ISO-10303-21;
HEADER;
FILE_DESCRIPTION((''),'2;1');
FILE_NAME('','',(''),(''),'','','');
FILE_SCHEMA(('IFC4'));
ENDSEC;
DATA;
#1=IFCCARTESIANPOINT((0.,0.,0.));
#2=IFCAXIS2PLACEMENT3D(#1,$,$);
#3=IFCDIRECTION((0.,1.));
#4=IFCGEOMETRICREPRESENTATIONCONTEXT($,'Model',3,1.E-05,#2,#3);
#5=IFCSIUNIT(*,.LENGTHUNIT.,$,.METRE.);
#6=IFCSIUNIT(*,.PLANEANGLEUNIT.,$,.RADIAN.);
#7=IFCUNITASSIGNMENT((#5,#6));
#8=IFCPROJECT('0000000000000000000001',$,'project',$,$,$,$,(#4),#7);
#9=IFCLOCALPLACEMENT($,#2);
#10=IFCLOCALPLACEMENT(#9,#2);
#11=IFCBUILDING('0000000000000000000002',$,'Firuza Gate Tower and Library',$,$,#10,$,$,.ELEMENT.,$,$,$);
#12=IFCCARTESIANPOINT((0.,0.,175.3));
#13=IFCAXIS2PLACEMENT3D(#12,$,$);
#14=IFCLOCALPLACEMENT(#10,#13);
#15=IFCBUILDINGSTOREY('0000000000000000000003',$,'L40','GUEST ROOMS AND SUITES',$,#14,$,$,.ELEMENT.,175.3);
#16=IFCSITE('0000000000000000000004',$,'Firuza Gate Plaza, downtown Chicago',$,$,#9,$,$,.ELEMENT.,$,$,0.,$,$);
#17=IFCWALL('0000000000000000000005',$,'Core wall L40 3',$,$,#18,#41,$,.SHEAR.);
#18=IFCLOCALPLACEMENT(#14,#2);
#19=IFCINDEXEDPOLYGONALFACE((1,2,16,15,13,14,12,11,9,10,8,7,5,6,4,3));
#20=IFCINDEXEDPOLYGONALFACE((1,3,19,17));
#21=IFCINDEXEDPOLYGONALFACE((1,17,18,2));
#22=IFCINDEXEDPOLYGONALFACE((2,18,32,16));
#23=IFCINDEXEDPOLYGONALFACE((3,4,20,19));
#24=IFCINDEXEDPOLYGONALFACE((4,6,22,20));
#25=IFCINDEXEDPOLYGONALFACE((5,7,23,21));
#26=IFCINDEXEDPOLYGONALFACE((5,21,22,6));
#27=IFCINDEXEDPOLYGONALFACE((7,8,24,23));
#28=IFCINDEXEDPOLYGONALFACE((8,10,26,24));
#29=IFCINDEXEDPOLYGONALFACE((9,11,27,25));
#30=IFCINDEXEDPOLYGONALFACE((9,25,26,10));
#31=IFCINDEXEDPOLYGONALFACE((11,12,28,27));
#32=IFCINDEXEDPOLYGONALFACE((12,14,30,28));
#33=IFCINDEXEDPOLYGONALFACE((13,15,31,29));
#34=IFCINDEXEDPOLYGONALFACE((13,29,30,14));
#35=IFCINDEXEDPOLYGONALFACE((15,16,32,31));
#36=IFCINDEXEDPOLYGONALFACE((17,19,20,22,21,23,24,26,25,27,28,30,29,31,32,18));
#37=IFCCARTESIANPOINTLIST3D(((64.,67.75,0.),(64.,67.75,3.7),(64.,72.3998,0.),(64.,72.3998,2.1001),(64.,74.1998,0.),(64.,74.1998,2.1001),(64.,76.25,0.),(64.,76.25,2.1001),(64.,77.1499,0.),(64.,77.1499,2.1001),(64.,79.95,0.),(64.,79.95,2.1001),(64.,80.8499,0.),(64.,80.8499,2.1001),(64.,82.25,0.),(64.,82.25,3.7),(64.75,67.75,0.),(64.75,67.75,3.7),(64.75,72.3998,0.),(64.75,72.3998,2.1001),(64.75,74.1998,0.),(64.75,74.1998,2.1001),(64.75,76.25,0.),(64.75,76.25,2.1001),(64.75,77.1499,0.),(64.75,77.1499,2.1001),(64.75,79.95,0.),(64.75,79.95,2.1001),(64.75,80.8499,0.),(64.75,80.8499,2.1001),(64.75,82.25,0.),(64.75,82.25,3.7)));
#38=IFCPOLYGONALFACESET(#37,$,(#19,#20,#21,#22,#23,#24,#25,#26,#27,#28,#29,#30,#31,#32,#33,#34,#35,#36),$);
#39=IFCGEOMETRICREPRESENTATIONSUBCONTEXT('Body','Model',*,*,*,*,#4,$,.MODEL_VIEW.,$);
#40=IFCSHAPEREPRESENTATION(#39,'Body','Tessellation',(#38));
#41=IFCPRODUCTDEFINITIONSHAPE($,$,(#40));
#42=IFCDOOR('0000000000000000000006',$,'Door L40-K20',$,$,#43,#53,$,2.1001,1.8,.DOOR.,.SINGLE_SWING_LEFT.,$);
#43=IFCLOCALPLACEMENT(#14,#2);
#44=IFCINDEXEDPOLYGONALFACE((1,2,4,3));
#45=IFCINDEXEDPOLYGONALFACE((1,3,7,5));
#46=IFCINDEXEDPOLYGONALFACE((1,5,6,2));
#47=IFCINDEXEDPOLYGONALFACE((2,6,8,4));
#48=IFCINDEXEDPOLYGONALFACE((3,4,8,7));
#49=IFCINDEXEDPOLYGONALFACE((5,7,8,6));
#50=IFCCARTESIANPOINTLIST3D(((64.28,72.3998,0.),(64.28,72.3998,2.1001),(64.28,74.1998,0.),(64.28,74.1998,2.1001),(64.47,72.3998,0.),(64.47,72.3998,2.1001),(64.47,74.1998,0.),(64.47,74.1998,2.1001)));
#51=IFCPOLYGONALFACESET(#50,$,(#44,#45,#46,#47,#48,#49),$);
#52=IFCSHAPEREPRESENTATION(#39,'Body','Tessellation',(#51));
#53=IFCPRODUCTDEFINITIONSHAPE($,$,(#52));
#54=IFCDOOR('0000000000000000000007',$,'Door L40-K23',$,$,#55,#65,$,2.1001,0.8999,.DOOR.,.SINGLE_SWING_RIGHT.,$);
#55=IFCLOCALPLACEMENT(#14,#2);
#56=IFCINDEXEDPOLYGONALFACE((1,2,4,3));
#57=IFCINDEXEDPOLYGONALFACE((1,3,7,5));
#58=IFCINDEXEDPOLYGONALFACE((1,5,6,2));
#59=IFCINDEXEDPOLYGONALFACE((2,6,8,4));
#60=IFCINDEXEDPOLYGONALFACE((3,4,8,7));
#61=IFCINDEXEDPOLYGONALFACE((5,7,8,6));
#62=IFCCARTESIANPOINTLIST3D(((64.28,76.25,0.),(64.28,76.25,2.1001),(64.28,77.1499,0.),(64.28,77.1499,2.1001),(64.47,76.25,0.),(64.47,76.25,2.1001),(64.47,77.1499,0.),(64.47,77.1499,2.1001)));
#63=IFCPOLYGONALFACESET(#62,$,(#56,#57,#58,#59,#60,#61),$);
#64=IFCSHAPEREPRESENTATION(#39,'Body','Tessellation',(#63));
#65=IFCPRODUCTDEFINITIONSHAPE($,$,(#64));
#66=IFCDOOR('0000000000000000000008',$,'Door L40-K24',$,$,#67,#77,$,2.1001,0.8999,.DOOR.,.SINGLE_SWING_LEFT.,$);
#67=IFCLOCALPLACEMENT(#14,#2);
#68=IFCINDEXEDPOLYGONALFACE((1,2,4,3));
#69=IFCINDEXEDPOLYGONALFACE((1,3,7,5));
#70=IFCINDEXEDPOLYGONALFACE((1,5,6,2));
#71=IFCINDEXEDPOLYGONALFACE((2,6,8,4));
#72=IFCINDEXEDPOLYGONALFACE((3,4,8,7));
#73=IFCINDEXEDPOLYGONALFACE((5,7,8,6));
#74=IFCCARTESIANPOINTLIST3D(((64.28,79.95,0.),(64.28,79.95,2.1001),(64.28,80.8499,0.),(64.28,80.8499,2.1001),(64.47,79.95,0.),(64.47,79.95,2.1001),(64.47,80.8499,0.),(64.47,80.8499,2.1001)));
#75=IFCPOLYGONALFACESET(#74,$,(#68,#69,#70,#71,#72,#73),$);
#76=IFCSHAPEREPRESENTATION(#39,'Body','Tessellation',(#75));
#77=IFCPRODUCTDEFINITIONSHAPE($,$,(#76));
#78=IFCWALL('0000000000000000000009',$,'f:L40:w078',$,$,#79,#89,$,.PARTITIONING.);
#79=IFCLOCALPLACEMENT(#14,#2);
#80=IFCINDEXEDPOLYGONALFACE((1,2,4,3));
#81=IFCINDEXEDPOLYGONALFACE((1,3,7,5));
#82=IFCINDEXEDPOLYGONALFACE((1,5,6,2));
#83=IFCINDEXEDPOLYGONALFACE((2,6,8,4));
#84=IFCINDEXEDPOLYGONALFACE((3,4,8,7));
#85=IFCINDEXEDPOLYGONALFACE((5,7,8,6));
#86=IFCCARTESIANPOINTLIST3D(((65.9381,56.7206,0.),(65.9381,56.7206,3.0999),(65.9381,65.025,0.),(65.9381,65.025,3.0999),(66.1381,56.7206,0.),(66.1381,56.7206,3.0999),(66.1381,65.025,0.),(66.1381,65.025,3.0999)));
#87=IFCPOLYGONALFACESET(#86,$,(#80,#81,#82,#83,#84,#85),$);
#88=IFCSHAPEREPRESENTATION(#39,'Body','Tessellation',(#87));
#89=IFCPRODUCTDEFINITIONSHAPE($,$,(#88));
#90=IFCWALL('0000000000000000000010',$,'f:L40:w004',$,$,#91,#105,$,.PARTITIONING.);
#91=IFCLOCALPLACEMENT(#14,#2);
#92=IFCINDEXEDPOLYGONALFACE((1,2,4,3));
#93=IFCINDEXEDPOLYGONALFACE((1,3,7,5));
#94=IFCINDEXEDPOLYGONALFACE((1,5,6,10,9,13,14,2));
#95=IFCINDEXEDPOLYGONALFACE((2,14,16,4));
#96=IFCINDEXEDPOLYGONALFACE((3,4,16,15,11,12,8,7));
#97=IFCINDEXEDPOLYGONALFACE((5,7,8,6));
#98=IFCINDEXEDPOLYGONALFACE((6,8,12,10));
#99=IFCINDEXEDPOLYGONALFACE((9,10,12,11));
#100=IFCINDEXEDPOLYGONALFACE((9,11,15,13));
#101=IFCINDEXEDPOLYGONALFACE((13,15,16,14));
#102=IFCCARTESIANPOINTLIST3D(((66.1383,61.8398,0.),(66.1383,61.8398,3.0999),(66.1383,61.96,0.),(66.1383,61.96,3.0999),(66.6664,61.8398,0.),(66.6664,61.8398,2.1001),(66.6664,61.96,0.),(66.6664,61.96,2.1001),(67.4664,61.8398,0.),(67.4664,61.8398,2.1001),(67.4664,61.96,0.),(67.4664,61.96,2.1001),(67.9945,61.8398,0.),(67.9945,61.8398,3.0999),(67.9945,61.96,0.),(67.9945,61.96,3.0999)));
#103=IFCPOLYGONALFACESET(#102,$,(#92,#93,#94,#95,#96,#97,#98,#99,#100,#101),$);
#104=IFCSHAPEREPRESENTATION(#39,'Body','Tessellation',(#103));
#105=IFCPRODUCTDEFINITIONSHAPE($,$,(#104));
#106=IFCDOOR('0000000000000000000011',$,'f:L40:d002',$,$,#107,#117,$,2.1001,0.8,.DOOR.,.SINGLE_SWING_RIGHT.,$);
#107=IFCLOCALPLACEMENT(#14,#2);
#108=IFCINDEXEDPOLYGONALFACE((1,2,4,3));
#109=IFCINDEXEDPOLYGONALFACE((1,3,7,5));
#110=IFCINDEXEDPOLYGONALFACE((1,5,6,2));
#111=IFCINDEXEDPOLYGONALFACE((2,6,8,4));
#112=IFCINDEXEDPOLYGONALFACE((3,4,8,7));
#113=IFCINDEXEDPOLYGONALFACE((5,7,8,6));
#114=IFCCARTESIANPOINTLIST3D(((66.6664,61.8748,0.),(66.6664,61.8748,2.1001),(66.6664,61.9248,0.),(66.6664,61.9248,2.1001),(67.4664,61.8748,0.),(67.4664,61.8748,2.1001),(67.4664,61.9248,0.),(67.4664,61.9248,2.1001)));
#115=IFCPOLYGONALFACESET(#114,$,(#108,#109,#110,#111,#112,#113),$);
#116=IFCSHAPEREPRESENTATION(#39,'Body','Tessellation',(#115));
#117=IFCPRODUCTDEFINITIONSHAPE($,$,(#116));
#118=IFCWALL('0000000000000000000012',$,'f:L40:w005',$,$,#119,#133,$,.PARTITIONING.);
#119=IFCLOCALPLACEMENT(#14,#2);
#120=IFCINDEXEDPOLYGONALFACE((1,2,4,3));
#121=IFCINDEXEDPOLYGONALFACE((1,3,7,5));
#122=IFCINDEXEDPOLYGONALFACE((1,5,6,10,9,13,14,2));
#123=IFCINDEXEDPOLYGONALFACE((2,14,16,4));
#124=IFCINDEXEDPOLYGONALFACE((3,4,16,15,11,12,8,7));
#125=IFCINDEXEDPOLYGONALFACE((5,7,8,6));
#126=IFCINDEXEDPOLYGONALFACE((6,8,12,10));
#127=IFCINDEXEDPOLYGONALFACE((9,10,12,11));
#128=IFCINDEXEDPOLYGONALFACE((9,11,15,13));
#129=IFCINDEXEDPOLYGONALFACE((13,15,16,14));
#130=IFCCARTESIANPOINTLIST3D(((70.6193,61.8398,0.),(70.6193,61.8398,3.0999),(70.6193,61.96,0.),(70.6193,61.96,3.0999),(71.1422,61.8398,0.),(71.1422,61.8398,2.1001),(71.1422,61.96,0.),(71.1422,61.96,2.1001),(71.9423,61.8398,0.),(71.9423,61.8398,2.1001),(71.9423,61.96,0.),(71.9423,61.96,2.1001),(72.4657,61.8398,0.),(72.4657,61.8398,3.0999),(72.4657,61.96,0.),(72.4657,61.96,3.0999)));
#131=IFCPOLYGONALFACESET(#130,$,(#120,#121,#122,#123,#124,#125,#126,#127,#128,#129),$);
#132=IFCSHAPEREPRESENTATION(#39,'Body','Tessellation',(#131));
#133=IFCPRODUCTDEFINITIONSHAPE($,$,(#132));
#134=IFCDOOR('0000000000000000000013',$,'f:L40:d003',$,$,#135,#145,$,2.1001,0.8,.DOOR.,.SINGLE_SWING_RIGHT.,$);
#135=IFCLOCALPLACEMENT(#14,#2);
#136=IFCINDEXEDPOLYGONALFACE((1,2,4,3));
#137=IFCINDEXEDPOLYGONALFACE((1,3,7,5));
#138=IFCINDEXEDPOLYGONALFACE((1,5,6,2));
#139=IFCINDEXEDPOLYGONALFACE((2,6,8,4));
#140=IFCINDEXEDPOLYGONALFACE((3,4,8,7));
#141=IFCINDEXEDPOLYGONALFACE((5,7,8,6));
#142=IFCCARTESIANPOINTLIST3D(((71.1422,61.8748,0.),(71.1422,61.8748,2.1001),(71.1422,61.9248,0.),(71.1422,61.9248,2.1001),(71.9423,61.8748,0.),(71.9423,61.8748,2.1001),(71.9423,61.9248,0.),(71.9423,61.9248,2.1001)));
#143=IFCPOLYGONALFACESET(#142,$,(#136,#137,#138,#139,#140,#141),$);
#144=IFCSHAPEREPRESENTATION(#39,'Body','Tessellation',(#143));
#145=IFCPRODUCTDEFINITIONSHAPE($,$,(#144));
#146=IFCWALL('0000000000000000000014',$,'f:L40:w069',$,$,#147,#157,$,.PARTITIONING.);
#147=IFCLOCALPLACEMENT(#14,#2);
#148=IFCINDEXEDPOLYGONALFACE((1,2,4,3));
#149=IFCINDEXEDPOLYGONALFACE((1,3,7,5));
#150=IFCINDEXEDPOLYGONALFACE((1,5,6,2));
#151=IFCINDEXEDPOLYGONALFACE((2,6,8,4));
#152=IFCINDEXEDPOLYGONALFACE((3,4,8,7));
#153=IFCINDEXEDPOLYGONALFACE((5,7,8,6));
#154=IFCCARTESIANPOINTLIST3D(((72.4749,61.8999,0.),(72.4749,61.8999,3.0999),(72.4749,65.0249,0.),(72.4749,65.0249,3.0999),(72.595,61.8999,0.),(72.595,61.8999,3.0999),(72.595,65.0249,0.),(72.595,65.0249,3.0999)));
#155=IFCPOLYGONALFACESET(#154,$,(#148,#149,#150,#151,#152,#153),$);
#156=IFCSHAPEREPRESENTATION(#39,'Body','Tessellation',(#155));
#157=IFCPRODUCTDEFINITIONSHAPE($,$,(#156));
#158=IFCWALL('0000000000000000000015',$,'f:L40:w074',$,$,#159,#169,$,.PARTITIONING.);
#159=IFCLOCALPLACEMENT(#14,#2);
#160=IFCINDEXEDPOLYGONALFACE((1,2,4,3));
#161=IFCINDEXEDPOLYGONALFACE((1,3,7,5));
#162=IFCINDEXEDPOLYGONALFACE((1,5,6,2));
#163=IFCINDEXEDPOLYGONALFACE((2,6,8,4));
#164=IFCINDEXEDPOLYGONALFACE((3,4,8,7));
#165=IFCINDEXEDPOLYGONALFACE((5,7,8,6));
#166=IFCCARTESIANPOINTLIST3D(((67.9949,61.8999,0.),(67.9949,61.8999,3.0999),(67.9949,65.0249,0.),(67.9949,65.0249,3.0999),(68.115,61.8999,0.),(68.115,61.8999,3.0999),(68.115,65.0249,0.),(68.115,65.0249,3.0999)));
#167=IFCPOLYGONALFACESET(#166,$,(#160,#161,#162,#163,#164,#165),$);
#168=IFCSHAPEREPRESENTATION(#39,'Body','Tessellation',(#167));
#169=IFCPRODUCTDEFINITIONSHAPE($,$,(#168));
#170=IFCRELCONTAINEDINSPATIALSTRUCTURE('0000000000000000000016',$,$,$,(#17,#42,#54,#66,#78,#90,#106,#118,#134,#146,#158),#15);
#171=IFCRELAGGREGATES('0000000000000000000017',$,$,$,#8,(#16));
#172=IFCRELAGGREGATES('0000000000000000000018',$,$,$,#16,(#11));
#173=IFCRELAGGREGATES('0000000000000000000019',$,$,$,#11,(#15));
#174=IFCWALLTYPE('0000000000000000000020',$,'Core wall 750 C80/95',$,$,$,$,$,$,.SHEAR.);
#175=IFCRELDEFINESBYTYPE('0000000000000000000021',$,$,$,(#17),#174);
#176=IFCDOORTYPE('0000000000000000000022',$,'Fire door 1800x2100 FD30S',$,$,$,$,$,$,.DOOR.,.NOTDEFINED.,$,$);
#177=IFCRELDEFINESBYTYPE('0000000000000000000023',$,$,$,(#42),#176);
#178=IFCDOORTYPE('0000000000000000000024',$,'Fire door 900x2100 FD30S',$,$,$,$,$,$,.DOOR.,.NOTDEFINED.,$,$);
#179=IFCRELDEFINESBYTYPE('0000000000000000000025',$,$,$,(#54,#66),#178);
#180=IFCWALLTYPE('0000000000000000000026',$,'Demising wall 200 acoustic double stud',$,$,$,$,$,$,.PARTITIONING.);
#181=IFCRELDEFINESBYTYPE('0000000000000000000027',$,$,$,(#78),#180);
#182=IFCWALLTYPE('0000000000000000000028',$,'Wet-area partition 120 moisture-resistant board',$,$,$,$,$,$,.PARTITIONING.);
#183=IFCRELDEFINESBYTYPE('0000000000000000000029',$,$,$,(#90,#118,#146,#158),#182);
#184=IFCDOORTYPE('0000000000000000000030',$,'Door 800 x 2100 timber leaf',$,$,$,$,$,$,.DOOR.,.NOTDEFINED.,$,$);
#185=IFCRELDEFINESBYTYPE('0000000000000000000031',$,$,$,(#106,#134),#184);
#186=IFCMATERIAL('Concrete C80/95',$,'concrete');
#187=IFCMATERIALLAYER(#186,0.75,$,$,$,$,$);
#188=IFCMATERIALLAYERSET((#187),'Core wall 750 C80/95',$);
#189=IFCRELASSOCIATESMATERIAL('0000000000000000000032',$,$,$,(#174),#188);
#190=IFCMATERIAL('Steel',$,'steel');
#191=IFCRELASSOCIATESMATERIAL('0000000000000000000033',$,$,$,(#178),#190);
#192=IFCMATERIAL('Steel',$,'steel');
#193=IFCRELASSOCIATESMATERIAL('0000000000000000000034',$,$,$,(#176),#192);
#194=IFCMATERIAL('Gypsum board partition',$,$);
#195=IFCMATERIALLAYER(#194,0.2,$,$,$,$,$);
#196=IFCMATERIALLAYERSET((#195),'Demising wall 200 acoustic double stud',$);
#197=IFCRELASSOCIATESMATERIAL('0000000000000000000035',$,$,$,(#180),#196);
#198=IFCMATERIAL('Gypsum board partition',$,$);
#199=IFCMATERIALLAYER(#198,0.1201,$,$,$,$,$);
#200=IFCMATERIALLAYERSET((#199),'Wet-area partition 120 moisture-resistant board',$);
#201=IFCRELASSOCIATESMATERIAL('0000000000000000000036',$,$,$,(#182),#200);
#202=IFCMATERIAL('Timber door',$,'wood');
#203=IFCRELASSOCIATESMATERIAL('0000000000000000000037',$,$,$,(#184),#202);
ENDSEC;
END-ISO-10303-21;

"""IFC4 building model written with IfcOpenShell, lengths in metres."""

from ifc_helpers import new_model, si_unit, direction, frame, frame_2d, origin, place, context, subcontext, project, spatial, rectangle, extrude, material, layer, layer_set, type_object, element, fill, save


model = new_model("IFC4")

# Units and contexts
model_context = context("Model", 3, precision=1e-05, world=origin(), true_north=direction((0.0, 1.0)))
body_context = subcontext(model_context, "Body", "Model", "MODEL_VIEW")
ifc_project = project(units=[si_unit("LENGTHUNIT", "METRE"), si_unit("PLANEANGLEUNIT", "RADIAN")], contexts=[model_context])

# Site, building, storey
site_placement = place(None, origin())
site = spatial("IfcSite", under=ifc_project, at=site_placement, Name="Firuza Gate Plaza, downtown Chicago", CompositionType="ELEMENT", RefElevation=0.0)
building_placement = place(site_placement, origin())
building = spatial("IfcBuilding", under=site, at=building_placement, Name="Firuza Gate Tower and Library", CompositionType="ELEMENT")
storey_placement = place(building_placement, frame((0.0, 0.0, 175.3)))
storey = spatial("IfcBuildingStorey", under=building, at=storey_placement, Name="L40", Description="GUEST ROOMS AND SUITES", CompositionType="ELEMENT", Elevation=175.3)

# Shared definitions
ifc_material_1 = material(Name="Concrete C80/95", Category="concrete")
ifc_layer_1 = layer(ifc_material_1, 0.75)
ifc_layer_set_1 = layer_set([ifc_layer_1], Name="Core wall 750 C80/95")
wall_type_1 = type_object("IfcWallType", Name="Core wall 750 C80/95", PredefinedType="SHEAR", material=ifc_layer_set_1)
ifc_material_2 = material(Name="Steel", Category="steel")
door_type_1 = type_object("IfcDoorType", Name="Fire door 900x2100 FD30S", OperationType="NOTDEFINED", PredefinedType="DOOR", material=ifc_material_2)

# Wall, openings, doors
wall_1_placement = place(storey_placement, frame((64.375, 67.75, 0.0), z_axis=(0.0, 0.0, 1.0), x_axis=(0.0, 1.0, 0.0)))
wall_1 = element("IfcWall", 1, at=wall_1_placement, inside=storey, type_object=wall_type_1, Name="Core wall L40 3", PredefinedType="SHEAR", context=body_context, shape_type="SweptSolid", body=[
    extrude(rectangle(XDim=14.5, YDim=0.75, at=frame_2d((7.25, 0.0))), origin(), (0.0, 0.0, 1.0), 3.7),
])
opening_1_placement = place(wall_1_placement, frame((4.6499, 0.0, 0.0)))
opening_1 = element("IfcOpeningElement", 2, at=opening_1_placement, cuts=wall_1, PredefinedType="OPENING", context=body_context, shape_type="SweptSolid", body=[
    extrude(rectangle(XDim=1.8, YDim=2.1001, at=frame_2d((0.8999, 1.05))), frame((0.0, 0.385, 0.0), z_axis=(0.0, -1.0, 0.0), x_axis=(1.0, 0.0, 0.0)), (0.0, 0.0, 1.0), 0.77),
])
opening_2_placement = place(wall_1_placement, frame((8.5, 0.0, 0.0)))
opening_2 = element("IfcOpeningElement", 3, at=opening_2_placement, cuts=wall_1, PredefinedType="OPENING", context=body_context, shape_type="SweptSolid", body=[
    extrude(rectangle(XDim=0.8999, YDim=2.1001, at=frame_2d((0.45, 1.05))), frame((0.0, 0.385, 0.0), z_axis=(0.0, -1.0, 0.0), x_axis=(1.0, 0.0, 0.0)), (0.0, 0.0, 1.0), 0.77),
])
opening_3_placement = place(wall_1_placement, frame((12.2, 0.0, 0.0)))
opening_3 = element("IfcOpeningElement", 4, at=opening_3_placement, cuts=wall_1, PredefinedType="OPENING", context=body_context, shape_type="SweptSolid", body=[
    extrude(rectangle(XDim=0.8999, YDim=2.1001, at=frame_2d((0.45, 1.05))), frame((0.0, 0.385, 0.0), z_axis=(0.0, -1.0, 0.0), x_axis=(1.0, 0.0, 0.0)), (0.0, 0.0, 1.0), 0.77),
])
ifc_material_3 = material(Name="Steel", Category="steel")
door_type_2 = type_object("IfcDoorType", Name="Fire door 1800x2100 FD30S", OperationType="NOTDEFINED", PredefinedType="DOOR", material=ifc_material_3)
door_1_placement = place(opening_1_placement, origin())
door_1 = element("IfcDoor", 5, at=door_1_placement, inside=storey, type_object=door_type_2, Name="Door L40-K20", OperationType="SINGLE_SWING_LEFT", OverallHeight=2.1001, OverallWidth=1.8, PredefinedType="DOOR", context=body_context, shape_type="SweptSolid", body=[
    extrude(rectangle(XDim=1.8, YDim=2.1001, at=frame_2d((0.8999, 1.05))), frame((0.0, 0.095, 0.0), z_axis=(0.0, -1.0, 0.0), x_axis=(1.0, 0.0, 0.0)), (0.0, 0.0, 1.0), 0.1899),
])
fill(opening_1, door_1)
door_2_placement = place(opening_2_placement, origin())
door_2 = element("IfcDoor", 6, at=door_2_placement, inside=storey, type_object=door_type_1, Name="Door L40-K23", OperationType="SINGLE_SWING_RIGHT", OverallHeight=2.1001, OverallWidth=0.8999, PredefinedType="DOOR", context=body_context, shape_type="SweptSolid", body=[
    extrude(rectangle(XDim=0.8999, YDim=2.1001, at=frame_2d((0.45, 1.05))), frame((0.0, 0.095, 0.0), z_axis=(0.0, -1.0, 0.0), x_axis=(1.0, 0.0, 0.0)), (0.0, 0.0, 1.0), 0.1899),
])
fill(opening_2, door_2)
door_3_placement = place(opening_3_placement, origin())
door_3 = element("IfcDoor", 7, at=door_3_placement, inside=storey, type_object=door_type_1, Name="Door L40-K24", OperationType="SINGLE_SWING_LEFT", OverallHeight=2.1001, OverallWidth=0.8999, PredefinedType="DOOR", context=body_context, shape_type="SweptSolid", body=[
    extrude(rectangle(XDim=0.8999, YDim=2.1001, at=frame_2d((0.45, 1.05))), frame((0.0, 0.095, 0.0), z_axis=(0.0, -1.0, 0.0), x_axis=(1.0, 0.0, 0.0)), (0.0, 0.0, 1.0), 0.1899),
])
fill(opening_3, door_3)

# Wall
ifc_material_4 = material(Name="Gypsum board partition")
ifc_layer_2 = layer(ifc_material_4, 0.2)
ifc_layer_set_2 = layer_set([ifc_layer_2], Name="Demising wall 200 acoustic double stud")
wall_type_2 = type_object("IfcWallType", Name="Demising wall 200 acoustic double stud", PredefinedType="PARTITIONING", material=ifc_layer_set_2)
wall_2_placement = place(storey_placement, frame((66.0381, 56.7205, 0.0), z_axis=(0.0, 0.0, 1.0), x_axis=(0.0, 1.0, 0.0)))
element("IfcWall", 8, at=wall_2_placement, inside=storey, type_object=wall_type_2, Name="f:L40:w078", PredefinedType="PARTITIONING", context=body_context, shape_type="SweptSolid", body=[
    extrude(rectangle(XDim=8.3044, YDim=0.2, at=frame_2d((4.1523, 0.0))), origin(), (0.0, 0.0, 1.0), 3.0999),
])

# Walls, openings, doors
ifc_material_5 = material(Name="Gypsum board partition")
ifc_layer_3 = layer(ifc_material_5, 0.1201)
ifc_layer_set_3 = layer_set([ifc_layer_3], Name="Wet-area partition 120 moisture-resistant board")
wall_type_3 = type_object("IfcWallType", Name="Wet-area partition 120 moisture-resistant board", PredefinedType="PARTITIONING", material=ifc_layer_set_3)
wall_3_placement = place(storey_placement, frame((66.1382, 61.8999, 0.0), z_axis=(0.0, 0.0, 1.0), x_axis=(1.0, 0.0, 0.0)))
wall_3 = element("IfcWall", 9, at=wall_3_placement, inside=storey, type_object=wall_type_3, Name="f:L40:w004", PredefinedType="PARTITIONING", context=body_context, shape_type="SweptSolid", body=[
    extrude(rectangle(XDim=1.8562, YDim=0.1201, at=frame_2d((0.9282, 0.0))), origin(), (0.0, 0.0, 1.0), 3.0999),
])
opening_4_placement = place(wall_3_placement, frame((0.5283, 0.0, 0.0)))
opening_4 = element("IfcOpeningElement", 10, at=opening_4_placement, cuts=wall_3, PredefinedType="OPENING", context=body_context, shape_type="SweptSolid", body=[
    extrude(rectangle(XDim=0.8, YDim=2.1001, at=frame_2d((0.3999, 1.05))), frame((0.0, 0.0701, 0.0), z_axis=(0.0, -1.0, 0.0), x_axis=(1.0, 0.0, 0.0)), (0.0, 0.0, 1.0), 0.1401),
])
ifc_material_6 = material(Name="Timber door", Category="wood")
door_type_3 = type_object("IfcDoorType", Name="Door 800 x 2100 timber leaf", OperationType="NOTDEFINED", PredefinedType="DOOR", material=ifc_material_6)
door_4_placement = place(opening_4_placement, origin())
door_4 = element("IfcDoor", 11, at=door_4_placement, inside=storey, type_object=door_type_3, Name="f:L40:d002", OperationType="SINGLE_SWING_RIGHT", OverallHeight=2.1001, OverallWidth=0.8, PredefinedType="DOOR", context=body_context, shape_type="SweptSolid", body=[
    extrude(rectangle(XDim=0.8, YDim=2.1001, at=frame_2d((0.3999, 1.05))), frame((0.0, 0.0249, 0.0), z_axis=(0.0, -1.0, 0.0), x_axis=(1.0, 0.0, 0.0)), (0.0, 0.0, 1.0), 0.05),
])
fill(opening_4, door_4)
wall_4_placement = place(storey_placement, frame((70.6191, 61.8999, 0.0), z_axis=(0.0, 0.0, 1.0), x_axis=(1.0, 0.0, 0.0)))
wall_4 = element("IfcWall", 12, at=wall_4_placement, inside=storey, type_object=wall_type_3, Name="f:L40:w005", PredefinedType="PARTITIONING", context=body_context, shape_type="SweptSolid", body=[
    extrude(rectangle(XDim=1.8464, YDim=0.1201, at=frame_2d((0.9233, 0.0))), origin(), (0.0, 0.0, 1.0), 3.0999),
])
opening_5_placement = place(wall_4_placement, frame((0.5232, 0.0, 0.0)))
opening_5 = element("IfcOpeningElement", 13, at=opening_5_placement, cuts=wall_4, PredefinedType="OPENING", context=body_context, shape_type="SweptSolid", body=[
    extrude(rectangle(XDim=0.8, YDim=2.1001, at=frame_2d((0.3999, 1.05))), frame((0.0, 0.0701, 0.0), z_axis=(0.0, -1.0, 0.0), x_axis=(1.0, 0.0, 0.0)), (0.0, 0.0, 1.0), 0.1401),
])
door_5_placement = place(opening_5_placement, origin())
door_5 = element("IfcDoor", 14, at=door_5_placement, inside=storey, type_object=door_type_3, Name="f:L40:d003", OperationType="SINGLE_SWING_RIGHT", OverallHeight=2.1001, OverallWidth=0.8, PredefinedType="DOOR", context=body_context, shape_type="SweptSolid", body=[
    extrude(rectangle(XDim=0.8, YDim=2.1001, at=frame_2d((0.3999, 1.05))), frame((0.0, 0.0249, 0.0), z_axis=(0.0, -1.0, 0.0), x_axis=(1.0, 0.0, 0.0)), (0.0, 0.0, 1.0), 0.05),
])
fill(opening_5, door_5)

# Walls
for number, where, z_axis, x_axis, name in (
    (15, (72.5349, 61.8999, 0.0), (0.0, 0.0, 1.0), (0.0, 1.0, 0.0), "f:L40:w069"),
    (16, (68.0549, 61.8999, 0.0), (0.0, 0.0, 1.0), (0.0, 1.0, 0.0), "f:L40:w074"),
):
    element("IfcWall", number, at=place(storey_placement, frame(where, z_axis=z_axis, x_axis=x_axis)), inside=storey, type_object=wall_type_3, Name=name, PredefinedType="PARTITIONING", context=body_context, shape_type="SweptSolid", body=[
        extrude(rectangle(XDim=3.125, YDim=0.1201, at=frame_2d((1.5625, 0.0))), origin(), (0.0, 0.0, 1.0), 3.0999),
    ])

save(model, "model.ifc")
